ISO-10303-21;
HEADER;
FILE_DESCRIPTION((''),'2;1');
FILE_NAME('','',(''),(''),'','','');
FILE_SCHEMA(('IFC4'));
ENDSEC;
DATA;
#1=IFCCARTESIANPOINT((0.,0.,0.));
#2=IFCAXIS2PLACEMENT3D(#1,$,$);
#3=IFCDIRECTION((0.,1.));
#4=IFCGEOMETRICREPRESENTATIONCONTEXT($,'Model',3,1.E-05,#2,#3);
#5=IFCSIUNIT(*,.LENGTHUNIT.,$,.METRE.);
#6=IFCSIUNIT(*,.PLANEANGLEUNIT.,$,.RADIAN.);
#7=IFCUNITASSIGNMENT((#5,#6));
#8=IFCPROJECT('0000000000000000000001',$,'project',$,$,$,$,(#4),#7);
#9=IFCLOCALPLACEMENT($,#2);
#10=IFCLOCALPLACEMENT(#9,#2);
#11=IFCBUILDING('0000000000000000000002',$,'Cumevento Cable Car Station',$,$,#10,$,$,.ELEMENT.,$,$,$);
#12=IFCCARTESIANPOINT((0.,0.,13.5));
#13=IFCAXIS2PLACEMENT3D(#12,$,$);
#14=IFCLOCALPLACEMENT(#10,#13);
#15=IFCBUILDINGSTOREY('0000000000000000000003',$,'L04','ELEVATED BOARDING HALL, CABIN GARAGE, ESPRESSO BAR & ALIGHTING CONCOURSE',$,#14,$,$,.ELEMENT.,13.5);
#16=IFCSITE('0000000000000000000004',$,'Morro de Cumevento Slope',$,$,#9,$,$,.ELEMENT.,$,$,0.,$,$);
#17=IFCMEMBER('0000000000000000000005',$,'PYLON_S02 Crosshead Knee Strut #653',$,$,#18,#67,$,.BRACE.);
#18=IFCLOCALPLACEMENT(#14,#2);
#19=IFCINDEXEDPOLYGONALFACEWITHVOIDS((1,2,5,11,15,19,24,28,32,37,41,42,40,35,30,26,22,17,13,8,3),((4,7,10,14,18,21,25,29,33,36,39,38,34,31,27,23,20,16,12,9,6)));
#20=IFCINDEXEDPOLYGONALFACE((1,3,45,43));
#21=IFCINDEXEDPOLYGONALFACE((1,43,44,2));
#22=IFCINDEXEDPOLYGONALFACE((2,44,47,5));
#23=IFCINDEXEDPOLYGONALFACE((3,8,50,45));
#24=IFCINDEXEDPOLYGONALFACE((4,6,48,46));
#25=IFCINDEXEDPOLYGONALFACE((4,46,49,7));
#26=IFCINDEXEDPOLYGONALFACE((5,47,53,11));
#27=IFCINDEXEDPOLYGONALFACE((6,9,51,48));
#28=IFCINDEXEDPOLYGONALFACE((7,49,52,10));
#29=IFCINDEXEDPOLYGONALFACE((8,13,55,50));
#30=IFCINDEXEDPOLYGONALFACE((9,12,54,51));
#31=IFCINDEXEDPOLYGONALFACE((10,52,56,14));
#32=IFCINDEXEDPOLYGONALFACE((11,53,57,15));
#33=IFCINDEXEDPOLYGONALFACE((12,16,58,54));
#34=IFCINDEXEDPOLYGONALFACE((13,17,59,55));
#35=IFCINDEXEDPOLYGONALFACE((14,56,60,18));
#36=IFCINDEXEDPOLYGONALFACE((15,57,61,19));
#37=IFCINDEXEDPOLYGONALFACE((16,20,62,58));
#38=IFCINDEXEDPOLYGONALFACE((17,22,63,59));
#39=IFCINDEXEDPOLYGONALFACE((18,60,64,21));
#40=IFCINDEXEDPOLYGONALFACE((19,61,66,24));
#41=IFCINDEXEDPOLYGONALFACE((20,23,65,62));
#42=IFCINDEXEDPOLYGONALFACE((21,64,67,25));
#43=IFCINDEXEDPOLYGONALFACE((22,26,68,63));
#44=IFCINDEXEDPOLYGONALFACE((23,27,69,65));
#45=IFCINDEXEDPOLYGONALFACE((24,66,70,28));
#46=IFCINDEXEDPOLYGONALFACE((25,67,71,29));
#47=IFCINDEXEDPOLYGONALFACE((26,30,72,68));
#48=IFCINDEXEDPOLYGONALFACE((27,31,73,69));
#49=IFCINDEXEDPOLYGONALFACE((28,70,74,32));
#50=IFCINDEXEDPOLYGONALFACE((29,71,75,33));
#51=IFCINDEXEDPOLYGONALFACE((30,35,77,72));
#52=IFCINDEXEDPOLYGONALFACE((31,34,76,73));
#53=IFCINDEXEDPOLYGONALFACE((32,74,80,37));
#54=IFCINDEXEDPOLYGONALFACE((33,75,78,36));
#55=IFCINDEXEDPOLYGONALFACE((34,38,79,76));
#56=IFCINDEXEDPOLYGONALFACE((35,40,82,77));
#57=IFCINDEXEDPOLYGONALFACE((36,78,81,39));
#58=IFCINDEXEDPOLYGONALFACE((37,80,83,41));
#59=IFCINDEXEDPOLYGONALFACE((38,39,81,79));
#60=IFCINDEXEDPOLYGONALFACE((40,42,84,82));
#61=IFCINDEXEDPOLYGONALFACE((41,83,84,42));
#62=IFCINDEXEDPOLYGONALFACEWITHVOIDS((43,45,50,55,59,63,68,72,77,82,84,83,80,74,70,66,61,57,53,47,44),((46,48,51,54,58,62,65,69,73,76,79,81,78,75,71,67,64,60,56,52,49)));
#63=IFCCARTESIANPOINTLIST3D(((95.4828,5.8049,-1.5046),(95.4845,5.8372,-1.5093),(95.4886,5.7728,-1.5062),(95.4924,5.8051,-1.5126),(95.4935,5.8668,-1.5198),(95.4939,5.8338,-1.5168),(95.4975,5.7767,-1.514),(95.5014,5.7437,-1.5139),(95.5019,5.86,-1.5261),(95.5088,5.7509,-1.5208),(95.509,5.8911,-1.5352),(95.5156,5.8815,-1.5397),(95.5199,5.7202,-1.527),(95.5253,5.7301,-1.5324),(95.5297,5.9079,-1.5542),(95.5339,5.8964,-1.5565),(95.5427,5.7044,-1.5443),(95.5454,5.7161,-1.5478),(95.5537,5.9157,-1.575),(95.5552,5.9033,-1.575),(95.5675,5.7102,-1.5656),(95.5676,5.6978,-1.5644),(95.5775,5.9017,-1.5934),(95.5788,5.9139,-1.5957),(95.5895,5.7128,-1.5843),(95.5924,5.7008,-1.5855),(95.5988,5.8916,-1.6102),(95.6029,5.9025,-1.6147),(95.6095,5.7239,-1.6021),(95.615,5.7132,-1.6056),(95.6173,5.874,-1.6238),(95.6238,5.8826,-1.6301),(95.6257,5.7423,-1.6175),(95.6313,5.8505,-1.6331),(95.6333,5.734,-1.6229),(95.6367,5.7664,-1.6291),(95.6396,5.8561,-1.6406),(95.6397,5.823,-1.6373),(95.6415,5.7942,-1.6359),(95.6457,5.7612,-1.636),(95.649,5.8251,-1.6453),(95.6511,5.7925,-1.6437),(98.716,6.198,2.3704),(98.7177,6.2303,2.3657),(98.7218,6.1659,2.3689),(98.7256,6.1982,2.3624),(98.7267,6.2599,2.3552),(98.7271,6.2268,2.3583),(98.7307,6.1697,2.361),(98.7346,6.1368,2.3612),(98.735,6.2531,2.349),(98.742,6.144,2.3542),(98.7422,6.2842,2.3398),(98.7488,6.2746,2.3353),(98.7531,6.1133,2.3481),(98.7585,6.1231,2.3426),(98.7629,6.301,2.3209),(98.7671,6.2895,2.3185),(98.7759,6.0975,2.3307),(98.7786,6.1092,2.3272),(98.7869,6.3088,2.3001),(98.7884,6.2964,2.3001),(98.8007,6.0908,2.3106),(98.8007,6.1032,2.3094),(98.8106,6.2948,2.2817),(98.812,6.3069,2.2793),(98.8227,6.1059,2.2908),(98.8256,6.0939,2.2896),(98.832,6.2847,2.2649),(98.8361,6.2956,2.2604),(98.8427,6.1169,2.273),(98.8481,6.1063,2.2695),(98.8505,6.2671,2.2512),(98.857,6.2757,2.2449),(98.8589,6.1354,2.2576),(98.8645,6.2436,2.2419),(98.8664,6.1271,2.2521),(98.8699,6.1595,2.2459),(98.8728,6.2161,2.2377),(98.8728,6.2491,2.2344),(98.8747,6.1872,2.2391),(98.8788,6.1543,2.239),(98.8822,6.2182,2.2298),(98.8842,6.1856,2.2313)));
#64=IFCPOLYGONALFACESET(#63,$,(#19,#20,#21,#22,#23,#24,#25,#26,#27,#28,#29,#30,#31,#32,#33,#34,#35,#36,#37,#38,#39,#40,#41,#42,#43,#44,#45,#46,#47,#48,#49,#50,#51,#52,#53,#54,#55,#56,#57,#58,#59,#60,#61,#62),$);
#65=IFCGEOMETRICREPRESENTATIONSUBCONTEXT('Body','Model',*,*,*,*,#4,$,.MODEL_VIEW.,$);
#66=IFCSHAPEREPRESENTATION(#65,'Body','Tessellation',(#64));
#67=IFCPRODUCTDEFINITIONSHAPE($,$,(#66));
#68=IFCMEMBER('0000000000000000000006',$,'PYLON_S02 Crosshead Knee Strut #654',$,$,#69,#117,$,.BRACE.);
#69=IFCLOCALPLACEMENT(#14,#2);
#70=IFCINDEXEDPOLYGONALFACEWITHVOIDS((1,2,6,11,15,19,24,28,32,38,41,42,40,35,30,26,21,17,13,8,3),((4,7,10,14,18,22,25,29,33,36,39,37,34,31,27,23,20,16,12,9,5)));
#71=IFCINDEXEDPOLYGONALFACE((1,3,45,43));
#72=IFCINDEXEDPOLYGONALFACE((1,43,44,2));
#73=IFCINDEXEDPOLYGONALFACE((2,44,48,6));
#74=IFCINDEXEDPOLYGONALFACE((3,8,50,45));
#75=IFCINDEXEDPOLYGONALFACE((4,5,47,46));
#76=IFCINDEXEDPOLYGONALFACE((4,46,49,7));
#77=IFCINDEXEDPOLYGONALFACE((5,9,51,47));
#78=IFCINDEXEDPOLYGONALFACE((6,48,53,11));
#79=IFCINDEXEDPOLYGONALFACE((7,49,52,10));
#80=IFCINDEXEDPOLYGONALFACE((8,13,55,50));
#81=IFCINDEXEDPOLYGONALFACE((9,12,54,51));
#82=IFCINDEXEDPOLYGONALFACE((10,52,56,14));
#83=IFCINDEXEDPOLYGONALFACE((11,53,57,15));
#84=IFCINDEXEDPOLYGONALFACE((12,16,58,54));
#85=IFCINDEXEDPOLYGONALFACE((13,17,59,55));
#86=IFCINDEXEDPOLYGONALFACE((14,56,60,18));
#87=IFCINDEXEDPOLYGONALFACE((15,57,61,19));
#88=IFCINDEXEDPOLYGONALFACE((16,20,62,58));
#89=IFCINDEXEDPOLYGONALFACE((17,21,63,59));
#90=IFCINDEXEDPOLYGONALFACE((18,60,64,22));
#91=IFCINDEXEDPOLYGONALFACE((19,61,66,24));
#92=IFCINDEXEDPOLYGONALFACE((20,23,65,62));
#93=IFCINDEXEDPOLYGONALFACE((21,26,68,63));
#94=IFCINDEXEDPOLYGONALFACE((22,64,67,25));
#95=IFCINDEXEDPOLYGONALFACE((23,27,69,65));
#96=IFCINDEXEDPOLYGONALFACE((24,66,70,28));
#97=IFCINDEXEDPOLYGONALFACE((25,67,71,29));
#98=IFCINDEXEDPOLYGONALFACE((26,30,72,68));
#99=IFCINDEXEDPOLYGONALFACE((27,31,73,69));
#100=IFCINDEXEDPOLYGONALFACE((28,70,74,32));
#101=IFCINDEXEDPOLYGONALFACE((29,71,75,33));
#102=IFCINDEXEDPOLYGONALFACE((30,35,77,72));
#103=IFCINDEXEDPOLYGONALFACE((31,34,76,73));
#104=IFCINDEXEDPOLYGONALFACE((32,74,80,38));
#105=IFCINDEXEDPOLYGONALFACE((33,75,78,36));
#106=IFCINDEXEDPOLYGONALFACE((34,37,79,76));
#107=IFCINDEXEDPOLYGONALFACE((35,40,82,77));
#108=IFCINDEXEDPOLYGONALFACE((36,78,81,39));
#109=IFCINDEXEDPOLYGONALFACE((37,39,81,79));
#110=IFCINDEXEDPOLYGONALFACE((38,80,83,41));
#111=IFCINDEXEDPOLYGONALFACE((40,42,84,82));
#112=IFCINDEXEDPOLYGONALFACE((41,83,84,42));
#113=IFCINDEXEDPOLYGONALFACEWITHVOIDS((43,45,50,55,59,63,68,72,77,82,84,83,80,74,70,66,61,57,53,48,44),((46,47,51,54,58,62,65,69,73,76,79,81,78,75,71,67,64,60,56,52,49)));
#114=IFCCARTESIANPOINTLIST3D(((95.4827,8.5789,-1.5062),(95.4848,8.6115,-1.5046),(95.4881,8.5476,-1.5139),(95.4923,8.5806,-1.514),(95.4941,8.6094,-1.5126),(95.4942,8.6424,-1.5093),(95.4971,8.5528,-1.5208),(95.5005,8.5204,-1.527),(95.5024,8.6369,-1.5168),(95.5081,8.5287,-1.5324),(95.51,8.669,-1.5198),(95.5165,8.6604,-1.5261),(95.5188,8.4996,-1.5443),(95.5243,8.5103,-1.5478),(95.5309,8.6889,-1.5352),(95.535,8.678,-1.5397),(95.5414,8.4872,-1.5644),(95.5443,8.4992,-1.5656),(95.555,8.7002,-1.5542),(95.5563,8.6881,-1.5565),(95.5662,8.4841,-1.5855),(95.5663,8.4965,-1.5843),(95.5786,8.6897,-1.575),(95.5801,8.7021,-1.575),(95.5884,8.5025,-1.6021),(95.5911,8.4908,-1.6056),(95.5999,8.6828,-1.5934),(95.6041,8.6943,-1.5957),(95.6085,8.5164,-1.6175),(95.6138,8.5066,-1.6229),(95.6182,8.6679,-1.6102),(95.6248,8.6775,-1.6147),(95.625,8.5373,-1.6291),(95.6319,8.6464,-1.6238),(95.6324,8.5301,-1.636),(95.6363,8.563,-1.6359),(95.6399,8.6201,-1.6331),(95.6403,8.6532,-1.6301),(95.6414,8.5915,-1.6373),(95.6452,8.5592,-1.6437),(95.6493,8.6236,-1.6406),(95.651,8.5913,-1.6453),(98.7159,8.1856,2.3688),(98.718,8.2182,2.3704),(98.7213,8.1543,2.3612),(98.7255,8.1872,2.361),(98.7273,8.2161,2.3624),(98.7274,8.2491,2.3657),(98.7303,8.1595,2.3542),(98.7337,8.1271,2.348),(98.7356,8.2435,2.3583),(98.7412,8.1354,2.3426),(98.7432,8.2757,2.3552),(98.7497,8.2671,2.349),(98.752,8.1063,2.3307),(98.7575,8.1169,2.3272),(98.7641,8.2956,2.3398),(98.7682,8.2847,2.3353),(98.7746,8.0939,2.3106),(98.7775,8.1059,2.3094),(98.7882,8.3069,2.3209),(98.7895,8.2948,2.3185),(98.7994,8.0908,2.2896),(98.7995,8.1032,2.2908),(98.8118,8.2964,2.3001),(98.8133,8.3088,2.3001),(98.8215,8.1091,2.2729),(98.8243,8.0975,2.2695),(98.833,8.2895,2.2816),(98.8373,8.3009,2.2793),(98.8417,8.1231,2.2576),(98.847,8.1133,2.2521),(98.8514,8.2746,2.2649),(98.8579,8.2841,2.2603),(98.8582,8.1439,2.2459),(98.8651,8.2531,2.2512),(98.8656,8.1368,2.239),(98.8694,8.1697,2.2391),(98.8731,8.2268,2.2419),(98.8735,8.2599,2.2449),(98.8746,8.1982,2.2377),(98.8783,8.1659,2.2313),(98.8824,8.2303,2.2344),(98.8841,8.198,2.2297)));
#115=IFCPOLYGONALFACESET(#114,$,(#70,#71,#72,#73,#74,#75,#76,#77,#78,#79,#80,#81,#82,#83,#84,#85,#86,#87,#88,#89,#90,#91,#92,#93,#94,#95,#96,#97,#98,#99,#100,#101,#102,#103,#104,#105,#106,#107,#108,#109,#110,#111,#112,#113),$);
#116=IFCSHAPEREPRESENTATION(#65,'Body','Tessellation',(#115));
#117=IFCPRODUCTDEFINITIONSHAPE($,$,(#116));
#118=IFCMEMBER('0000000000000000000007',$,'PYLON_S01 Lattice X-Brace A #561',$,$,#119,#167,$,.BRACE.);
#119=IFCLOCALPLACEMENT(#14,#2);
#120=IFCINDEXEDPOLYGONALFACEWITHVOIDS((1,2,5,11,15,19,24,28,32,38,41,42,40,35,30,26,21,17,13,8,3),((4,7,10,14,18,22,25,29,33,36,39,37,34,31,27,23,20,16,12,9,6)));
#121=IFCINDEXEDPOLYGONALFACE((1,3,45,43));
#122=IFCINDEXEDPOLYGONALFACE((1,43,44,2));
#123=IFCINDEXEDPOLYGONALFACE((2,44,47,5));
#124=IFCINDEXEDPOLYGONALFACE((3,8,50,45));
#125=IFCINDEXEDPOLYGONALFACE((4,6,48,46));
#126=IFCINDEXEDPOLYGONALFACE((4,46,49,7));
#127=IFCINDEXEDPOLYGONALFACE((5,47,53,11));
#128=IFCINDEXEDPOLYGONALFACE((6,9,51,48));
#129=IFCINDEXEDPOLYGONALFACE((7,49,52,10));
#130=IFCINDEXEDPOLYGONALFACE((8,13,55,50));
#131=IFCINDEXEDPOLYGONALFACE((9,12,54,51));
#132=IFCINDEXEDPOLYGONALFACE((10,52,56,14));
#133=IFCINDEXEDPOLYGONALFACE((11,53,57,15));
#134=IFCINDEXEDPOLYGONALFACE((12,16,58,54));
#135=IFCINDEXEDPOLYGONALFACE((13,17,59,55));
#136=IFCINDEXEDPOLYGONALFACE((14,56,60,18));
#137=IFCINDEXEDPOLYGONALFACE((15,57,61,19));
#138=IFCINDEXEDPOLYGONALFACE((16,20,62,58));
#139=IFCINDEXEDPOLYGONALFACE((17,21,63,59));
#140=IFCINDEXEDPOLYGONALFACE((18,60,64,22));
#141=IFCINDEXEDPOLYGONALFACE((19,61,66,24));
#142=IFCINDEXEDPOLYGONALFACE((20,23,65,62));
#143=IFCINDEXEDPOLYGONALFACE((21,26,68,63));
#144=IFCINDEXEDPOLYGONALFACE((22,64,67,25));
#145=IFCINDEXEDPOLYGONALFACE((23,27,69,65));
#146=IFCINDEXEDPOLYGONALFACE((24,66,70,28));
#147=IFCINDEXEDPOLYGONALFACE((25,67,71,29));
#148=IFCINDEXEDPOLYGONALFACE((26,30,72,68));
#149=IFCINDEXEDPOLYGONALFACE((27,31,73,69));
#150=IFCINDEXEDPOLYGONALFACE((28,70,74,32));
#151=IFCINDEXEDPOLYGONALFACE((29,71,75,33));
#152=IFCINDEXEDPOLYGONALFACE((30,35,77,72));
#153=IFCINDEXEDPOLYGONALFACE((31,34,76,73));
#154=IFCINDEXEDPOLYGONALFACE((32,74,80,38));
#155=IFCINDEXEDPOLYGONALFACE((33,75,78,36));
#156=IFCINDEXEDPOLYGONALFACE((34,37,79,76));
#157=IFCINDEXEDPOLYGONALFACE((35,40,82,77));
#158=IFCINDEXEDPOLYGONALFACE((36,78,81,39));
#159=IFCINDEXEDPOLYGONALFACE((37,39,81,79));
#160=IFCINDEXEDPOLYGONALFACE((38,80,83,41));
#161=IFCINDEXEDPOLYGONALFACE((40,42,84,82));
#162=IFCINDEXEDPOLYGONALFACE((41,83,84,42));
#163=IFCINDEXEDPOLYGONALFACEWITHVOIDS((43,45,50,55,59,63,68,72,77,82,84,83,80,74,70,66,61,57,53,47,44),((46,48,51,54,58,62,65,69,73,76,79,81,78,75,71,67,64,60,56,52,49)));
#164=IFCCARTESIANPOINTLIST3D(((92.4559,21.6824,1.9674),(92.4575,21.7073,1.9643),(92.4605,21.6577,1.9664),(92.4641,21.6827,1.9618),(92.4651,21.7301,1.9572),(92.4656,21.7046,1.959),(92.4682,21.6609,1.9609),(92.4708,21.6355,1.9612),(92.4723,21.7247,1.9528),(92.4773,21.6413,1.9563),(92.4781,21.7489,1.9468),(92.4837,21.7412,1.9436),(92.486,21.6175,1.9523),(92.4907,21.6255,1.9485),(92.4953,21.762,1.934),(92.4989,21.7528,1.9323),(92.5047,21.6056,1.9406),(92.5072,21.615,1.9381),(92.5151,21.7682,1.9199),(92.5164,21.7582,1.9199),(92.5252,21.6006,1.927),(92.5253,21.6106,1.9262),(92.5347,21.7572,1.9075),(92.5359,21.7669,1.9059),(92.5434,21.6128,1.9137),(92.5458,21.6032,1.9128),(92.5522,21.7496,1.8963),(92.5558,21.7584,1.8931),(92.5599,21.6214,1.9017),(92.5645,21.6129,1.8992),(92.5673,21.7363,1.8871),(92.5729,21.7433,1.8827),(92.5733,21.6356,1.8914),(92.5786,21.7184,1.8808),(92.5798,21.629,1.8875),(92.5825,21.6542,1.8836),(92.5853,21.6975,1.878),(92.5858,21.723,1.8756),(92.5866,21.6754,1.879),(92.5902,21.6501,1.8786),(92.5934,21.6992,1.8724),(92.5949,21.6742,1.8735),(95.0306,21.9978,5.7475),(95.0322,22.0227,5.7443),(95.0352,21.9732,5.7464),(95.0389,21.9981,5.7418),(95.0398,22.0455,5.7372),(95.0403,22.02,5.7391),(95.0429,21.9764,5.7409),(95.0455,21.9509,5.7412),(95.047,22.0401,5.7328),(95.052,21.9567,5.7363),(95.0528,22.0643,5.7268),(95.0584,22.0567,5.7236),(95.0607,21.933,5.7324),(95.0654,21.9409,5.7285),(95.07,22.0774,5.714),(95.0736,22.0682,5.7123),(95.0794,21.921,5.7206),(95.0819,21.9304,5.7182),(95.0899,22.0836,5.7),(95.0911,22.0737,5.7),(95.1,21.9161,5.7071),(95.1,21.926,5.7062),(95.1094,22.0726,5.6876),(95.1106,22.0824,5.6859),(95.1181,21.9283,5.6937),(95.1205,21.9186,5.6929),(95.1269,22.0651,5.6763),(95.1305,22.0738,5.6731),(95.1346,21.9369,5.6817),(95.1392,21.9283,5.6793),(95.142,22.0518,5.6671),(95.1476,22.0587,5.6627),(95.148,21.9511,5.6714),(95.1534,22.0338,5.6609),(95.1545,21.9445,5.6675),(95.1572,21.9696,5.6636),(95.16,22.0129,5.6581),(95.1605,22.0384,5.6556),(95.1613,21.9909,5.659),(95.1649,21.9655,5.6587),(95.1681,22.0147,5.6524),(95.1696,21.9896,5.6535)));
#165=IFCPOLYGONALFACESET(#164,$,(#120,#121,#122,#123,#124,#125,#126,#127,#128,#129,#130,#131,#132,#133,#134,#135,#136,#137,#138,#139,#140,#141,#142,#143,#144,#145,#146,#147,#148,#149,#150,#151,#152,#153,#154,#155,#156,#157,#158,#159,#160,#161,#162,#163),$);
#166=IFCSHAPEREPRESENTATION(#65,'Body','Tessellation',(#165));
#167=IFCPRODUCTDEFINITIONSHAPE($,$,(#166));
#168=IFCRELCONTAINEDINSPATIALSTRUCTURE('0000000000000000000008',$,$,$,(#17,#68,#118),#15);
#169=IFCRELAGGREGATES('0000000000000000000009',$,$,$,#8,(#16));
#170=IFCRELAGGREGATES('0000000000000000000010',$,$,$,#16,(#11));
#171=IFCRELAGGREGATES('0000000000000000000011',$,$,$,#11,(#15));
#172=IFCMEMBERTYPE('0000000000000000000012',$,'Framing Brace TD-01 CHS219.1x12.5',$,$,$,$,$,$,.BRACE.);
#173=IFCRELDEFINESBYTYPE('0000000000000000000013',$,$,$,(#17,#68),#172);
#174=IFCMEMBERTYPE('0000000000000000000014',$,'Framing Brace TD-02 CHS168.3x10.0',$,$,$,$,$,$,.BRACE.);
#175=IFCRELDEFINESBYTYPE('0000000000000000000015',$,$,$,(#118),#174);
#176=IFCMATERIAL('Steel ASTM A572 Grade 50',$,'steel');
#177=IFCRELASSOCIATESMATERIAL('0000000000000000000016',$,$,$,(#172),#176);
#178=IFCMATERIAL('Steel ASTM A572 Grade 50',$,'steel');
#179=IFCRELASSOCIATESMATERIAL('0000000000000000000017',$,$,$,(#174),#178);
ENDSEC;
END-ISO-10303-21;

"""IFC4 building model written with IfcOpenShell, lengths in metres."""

from ifc_helpers import new_model, si_unit, direction, frame, origin, origin_2d, place, context, subcontext, project, spatial, hollow_circle, extrude, material, material_profile, profile_set, type_object, element, save


model = new_model("IFC4")

# Units and contexts
model_context = context("Model", 3, precision=1e-05, world=origin(), true_north=direction((0.0, 1.0)))
body_context = subcontext(model_context, "Body", "Model", "MODEL_VIEW")
ifc_project = project(units=[si_unit("LENGTHUNIT", "METRE"), si_unit("PLANEANGLEUNIT", "RADIAN")], contexts=[model_context])

# Site, building, storey
site_placement = place(None, origin())
site = spatial("IfcSite", under=ifc_project, at=site_placement, Name="Morro de Cumevento Slope", CompositionType="ELEMENT", RefElevation=0.0)
building_placement = place(site_placement, origin())
building = spatial("IfcBuilding", under=site, at=building_placement, Name="Cumevento Cable Car Station", CompositionType="ELEMENT")
storey_placement = place(building_placement, frame((0.0, 0.0, 13.5)))
storey = spatial("IfcBuildingStorey", under=building, at=storey_placement, Name="L04", Description="ELEVATED BOARDING HALL, CABIN GARAGE, ESPRESSO BAR & ALIGHTING CONCOURSE", CompositionType="ELEMENT", Elevation=13.5)

# Members
ifc_material_1 = material(Name="Steel ASTM A572 Grade 50", Category="steel")
ifc_material_profile_1 = material_profile(ifc_material_1, hollow_circle(Radius=0.1096, WallThickness=0.0125, at=origin_2d()), Name="CHS219.1x12.5")
ifc_profile_set_1 = profile_set([ifc_material_profile_1], Name="Steel ASTM A572 Grade 50")
member_type_1 = type_object("IfcMemberType", Name="Framing Brace TD-01 CHS219.1x12.5", PredefinedType="BRACE", material=ifc_profile_set_1)
for number, where, z_axis, x_axis, name in (
    (1, (95.5669, 5.8069, -1.575), (0.638716, 0.077651, 0.765514), (-0.120685, 0.992691, 0.0), "PYLON_S02 Crosshead Knee Strut #653"),
    (2, (95.5669, 8.5933, -1.575), (0.638714, -0.077699, 0.765511), (0.120759, 0.992682, 0.0), "PYLON_S02 Crosshead Knee Strut #654"),
):
    element("IfcMember", number, at=place(storey_placement, frame(where, z_axis=z_axis, x_axis=x_axis)), inside=storey, type_object=member_type_1, Name=name, PredefinedType="BRACE", context=body_context, shape_type="SweptSolid", body=[
        extrude(hollow_circle(Radius=0.1096, WallThickness=0.0125, at=origin_2d()), origin(), (0.0, 0.0, 1.0), 5.062),
    ])
ifc_material_2 = material(Name="Steel ASTM A572 Grade 50", Category="steel")
ifc_material_profile_2 = material_profile(ifc_material_2, hollow_circle(Radius=0.0842, WallThickness=0.01, at=origin_2d()), Name="CHS168.3x10.0")
ifc_profile_set_2 = profile_set([ifc_material_profile_2], Name="Steel ASTM A572 Grade 50")
member_type_2 = type_object("IfcMemberType", Name="Framing Brace TD-02 CHS168.3x10.0", PredefinedType="BRACE", material=ifc_profile_set_2)
member_1_placement = place(storey_placement, frame((92.5254, 21.6846, 1.9199), z_axis=(0.561617, 0.068804, 0.824532), x_axis=(-0.121602, 0.992579, 0.0)))
element("IfcMember", 3, at=member_1_placement, inside=storey, type_object=member_type_2, Name="PYLON_S01 Lattice X-Brace A #561", PredefinedType="BRACE", context=body_context, shape_type="SweptSolid", body=[
    extrude(hollow_circle(Radius=0.0842, WallThickness=0.01, at=origin_2d()), origin(), (0.0, 0.0, 1.0), 4.5845),
])

save(model, "model.ifc")
